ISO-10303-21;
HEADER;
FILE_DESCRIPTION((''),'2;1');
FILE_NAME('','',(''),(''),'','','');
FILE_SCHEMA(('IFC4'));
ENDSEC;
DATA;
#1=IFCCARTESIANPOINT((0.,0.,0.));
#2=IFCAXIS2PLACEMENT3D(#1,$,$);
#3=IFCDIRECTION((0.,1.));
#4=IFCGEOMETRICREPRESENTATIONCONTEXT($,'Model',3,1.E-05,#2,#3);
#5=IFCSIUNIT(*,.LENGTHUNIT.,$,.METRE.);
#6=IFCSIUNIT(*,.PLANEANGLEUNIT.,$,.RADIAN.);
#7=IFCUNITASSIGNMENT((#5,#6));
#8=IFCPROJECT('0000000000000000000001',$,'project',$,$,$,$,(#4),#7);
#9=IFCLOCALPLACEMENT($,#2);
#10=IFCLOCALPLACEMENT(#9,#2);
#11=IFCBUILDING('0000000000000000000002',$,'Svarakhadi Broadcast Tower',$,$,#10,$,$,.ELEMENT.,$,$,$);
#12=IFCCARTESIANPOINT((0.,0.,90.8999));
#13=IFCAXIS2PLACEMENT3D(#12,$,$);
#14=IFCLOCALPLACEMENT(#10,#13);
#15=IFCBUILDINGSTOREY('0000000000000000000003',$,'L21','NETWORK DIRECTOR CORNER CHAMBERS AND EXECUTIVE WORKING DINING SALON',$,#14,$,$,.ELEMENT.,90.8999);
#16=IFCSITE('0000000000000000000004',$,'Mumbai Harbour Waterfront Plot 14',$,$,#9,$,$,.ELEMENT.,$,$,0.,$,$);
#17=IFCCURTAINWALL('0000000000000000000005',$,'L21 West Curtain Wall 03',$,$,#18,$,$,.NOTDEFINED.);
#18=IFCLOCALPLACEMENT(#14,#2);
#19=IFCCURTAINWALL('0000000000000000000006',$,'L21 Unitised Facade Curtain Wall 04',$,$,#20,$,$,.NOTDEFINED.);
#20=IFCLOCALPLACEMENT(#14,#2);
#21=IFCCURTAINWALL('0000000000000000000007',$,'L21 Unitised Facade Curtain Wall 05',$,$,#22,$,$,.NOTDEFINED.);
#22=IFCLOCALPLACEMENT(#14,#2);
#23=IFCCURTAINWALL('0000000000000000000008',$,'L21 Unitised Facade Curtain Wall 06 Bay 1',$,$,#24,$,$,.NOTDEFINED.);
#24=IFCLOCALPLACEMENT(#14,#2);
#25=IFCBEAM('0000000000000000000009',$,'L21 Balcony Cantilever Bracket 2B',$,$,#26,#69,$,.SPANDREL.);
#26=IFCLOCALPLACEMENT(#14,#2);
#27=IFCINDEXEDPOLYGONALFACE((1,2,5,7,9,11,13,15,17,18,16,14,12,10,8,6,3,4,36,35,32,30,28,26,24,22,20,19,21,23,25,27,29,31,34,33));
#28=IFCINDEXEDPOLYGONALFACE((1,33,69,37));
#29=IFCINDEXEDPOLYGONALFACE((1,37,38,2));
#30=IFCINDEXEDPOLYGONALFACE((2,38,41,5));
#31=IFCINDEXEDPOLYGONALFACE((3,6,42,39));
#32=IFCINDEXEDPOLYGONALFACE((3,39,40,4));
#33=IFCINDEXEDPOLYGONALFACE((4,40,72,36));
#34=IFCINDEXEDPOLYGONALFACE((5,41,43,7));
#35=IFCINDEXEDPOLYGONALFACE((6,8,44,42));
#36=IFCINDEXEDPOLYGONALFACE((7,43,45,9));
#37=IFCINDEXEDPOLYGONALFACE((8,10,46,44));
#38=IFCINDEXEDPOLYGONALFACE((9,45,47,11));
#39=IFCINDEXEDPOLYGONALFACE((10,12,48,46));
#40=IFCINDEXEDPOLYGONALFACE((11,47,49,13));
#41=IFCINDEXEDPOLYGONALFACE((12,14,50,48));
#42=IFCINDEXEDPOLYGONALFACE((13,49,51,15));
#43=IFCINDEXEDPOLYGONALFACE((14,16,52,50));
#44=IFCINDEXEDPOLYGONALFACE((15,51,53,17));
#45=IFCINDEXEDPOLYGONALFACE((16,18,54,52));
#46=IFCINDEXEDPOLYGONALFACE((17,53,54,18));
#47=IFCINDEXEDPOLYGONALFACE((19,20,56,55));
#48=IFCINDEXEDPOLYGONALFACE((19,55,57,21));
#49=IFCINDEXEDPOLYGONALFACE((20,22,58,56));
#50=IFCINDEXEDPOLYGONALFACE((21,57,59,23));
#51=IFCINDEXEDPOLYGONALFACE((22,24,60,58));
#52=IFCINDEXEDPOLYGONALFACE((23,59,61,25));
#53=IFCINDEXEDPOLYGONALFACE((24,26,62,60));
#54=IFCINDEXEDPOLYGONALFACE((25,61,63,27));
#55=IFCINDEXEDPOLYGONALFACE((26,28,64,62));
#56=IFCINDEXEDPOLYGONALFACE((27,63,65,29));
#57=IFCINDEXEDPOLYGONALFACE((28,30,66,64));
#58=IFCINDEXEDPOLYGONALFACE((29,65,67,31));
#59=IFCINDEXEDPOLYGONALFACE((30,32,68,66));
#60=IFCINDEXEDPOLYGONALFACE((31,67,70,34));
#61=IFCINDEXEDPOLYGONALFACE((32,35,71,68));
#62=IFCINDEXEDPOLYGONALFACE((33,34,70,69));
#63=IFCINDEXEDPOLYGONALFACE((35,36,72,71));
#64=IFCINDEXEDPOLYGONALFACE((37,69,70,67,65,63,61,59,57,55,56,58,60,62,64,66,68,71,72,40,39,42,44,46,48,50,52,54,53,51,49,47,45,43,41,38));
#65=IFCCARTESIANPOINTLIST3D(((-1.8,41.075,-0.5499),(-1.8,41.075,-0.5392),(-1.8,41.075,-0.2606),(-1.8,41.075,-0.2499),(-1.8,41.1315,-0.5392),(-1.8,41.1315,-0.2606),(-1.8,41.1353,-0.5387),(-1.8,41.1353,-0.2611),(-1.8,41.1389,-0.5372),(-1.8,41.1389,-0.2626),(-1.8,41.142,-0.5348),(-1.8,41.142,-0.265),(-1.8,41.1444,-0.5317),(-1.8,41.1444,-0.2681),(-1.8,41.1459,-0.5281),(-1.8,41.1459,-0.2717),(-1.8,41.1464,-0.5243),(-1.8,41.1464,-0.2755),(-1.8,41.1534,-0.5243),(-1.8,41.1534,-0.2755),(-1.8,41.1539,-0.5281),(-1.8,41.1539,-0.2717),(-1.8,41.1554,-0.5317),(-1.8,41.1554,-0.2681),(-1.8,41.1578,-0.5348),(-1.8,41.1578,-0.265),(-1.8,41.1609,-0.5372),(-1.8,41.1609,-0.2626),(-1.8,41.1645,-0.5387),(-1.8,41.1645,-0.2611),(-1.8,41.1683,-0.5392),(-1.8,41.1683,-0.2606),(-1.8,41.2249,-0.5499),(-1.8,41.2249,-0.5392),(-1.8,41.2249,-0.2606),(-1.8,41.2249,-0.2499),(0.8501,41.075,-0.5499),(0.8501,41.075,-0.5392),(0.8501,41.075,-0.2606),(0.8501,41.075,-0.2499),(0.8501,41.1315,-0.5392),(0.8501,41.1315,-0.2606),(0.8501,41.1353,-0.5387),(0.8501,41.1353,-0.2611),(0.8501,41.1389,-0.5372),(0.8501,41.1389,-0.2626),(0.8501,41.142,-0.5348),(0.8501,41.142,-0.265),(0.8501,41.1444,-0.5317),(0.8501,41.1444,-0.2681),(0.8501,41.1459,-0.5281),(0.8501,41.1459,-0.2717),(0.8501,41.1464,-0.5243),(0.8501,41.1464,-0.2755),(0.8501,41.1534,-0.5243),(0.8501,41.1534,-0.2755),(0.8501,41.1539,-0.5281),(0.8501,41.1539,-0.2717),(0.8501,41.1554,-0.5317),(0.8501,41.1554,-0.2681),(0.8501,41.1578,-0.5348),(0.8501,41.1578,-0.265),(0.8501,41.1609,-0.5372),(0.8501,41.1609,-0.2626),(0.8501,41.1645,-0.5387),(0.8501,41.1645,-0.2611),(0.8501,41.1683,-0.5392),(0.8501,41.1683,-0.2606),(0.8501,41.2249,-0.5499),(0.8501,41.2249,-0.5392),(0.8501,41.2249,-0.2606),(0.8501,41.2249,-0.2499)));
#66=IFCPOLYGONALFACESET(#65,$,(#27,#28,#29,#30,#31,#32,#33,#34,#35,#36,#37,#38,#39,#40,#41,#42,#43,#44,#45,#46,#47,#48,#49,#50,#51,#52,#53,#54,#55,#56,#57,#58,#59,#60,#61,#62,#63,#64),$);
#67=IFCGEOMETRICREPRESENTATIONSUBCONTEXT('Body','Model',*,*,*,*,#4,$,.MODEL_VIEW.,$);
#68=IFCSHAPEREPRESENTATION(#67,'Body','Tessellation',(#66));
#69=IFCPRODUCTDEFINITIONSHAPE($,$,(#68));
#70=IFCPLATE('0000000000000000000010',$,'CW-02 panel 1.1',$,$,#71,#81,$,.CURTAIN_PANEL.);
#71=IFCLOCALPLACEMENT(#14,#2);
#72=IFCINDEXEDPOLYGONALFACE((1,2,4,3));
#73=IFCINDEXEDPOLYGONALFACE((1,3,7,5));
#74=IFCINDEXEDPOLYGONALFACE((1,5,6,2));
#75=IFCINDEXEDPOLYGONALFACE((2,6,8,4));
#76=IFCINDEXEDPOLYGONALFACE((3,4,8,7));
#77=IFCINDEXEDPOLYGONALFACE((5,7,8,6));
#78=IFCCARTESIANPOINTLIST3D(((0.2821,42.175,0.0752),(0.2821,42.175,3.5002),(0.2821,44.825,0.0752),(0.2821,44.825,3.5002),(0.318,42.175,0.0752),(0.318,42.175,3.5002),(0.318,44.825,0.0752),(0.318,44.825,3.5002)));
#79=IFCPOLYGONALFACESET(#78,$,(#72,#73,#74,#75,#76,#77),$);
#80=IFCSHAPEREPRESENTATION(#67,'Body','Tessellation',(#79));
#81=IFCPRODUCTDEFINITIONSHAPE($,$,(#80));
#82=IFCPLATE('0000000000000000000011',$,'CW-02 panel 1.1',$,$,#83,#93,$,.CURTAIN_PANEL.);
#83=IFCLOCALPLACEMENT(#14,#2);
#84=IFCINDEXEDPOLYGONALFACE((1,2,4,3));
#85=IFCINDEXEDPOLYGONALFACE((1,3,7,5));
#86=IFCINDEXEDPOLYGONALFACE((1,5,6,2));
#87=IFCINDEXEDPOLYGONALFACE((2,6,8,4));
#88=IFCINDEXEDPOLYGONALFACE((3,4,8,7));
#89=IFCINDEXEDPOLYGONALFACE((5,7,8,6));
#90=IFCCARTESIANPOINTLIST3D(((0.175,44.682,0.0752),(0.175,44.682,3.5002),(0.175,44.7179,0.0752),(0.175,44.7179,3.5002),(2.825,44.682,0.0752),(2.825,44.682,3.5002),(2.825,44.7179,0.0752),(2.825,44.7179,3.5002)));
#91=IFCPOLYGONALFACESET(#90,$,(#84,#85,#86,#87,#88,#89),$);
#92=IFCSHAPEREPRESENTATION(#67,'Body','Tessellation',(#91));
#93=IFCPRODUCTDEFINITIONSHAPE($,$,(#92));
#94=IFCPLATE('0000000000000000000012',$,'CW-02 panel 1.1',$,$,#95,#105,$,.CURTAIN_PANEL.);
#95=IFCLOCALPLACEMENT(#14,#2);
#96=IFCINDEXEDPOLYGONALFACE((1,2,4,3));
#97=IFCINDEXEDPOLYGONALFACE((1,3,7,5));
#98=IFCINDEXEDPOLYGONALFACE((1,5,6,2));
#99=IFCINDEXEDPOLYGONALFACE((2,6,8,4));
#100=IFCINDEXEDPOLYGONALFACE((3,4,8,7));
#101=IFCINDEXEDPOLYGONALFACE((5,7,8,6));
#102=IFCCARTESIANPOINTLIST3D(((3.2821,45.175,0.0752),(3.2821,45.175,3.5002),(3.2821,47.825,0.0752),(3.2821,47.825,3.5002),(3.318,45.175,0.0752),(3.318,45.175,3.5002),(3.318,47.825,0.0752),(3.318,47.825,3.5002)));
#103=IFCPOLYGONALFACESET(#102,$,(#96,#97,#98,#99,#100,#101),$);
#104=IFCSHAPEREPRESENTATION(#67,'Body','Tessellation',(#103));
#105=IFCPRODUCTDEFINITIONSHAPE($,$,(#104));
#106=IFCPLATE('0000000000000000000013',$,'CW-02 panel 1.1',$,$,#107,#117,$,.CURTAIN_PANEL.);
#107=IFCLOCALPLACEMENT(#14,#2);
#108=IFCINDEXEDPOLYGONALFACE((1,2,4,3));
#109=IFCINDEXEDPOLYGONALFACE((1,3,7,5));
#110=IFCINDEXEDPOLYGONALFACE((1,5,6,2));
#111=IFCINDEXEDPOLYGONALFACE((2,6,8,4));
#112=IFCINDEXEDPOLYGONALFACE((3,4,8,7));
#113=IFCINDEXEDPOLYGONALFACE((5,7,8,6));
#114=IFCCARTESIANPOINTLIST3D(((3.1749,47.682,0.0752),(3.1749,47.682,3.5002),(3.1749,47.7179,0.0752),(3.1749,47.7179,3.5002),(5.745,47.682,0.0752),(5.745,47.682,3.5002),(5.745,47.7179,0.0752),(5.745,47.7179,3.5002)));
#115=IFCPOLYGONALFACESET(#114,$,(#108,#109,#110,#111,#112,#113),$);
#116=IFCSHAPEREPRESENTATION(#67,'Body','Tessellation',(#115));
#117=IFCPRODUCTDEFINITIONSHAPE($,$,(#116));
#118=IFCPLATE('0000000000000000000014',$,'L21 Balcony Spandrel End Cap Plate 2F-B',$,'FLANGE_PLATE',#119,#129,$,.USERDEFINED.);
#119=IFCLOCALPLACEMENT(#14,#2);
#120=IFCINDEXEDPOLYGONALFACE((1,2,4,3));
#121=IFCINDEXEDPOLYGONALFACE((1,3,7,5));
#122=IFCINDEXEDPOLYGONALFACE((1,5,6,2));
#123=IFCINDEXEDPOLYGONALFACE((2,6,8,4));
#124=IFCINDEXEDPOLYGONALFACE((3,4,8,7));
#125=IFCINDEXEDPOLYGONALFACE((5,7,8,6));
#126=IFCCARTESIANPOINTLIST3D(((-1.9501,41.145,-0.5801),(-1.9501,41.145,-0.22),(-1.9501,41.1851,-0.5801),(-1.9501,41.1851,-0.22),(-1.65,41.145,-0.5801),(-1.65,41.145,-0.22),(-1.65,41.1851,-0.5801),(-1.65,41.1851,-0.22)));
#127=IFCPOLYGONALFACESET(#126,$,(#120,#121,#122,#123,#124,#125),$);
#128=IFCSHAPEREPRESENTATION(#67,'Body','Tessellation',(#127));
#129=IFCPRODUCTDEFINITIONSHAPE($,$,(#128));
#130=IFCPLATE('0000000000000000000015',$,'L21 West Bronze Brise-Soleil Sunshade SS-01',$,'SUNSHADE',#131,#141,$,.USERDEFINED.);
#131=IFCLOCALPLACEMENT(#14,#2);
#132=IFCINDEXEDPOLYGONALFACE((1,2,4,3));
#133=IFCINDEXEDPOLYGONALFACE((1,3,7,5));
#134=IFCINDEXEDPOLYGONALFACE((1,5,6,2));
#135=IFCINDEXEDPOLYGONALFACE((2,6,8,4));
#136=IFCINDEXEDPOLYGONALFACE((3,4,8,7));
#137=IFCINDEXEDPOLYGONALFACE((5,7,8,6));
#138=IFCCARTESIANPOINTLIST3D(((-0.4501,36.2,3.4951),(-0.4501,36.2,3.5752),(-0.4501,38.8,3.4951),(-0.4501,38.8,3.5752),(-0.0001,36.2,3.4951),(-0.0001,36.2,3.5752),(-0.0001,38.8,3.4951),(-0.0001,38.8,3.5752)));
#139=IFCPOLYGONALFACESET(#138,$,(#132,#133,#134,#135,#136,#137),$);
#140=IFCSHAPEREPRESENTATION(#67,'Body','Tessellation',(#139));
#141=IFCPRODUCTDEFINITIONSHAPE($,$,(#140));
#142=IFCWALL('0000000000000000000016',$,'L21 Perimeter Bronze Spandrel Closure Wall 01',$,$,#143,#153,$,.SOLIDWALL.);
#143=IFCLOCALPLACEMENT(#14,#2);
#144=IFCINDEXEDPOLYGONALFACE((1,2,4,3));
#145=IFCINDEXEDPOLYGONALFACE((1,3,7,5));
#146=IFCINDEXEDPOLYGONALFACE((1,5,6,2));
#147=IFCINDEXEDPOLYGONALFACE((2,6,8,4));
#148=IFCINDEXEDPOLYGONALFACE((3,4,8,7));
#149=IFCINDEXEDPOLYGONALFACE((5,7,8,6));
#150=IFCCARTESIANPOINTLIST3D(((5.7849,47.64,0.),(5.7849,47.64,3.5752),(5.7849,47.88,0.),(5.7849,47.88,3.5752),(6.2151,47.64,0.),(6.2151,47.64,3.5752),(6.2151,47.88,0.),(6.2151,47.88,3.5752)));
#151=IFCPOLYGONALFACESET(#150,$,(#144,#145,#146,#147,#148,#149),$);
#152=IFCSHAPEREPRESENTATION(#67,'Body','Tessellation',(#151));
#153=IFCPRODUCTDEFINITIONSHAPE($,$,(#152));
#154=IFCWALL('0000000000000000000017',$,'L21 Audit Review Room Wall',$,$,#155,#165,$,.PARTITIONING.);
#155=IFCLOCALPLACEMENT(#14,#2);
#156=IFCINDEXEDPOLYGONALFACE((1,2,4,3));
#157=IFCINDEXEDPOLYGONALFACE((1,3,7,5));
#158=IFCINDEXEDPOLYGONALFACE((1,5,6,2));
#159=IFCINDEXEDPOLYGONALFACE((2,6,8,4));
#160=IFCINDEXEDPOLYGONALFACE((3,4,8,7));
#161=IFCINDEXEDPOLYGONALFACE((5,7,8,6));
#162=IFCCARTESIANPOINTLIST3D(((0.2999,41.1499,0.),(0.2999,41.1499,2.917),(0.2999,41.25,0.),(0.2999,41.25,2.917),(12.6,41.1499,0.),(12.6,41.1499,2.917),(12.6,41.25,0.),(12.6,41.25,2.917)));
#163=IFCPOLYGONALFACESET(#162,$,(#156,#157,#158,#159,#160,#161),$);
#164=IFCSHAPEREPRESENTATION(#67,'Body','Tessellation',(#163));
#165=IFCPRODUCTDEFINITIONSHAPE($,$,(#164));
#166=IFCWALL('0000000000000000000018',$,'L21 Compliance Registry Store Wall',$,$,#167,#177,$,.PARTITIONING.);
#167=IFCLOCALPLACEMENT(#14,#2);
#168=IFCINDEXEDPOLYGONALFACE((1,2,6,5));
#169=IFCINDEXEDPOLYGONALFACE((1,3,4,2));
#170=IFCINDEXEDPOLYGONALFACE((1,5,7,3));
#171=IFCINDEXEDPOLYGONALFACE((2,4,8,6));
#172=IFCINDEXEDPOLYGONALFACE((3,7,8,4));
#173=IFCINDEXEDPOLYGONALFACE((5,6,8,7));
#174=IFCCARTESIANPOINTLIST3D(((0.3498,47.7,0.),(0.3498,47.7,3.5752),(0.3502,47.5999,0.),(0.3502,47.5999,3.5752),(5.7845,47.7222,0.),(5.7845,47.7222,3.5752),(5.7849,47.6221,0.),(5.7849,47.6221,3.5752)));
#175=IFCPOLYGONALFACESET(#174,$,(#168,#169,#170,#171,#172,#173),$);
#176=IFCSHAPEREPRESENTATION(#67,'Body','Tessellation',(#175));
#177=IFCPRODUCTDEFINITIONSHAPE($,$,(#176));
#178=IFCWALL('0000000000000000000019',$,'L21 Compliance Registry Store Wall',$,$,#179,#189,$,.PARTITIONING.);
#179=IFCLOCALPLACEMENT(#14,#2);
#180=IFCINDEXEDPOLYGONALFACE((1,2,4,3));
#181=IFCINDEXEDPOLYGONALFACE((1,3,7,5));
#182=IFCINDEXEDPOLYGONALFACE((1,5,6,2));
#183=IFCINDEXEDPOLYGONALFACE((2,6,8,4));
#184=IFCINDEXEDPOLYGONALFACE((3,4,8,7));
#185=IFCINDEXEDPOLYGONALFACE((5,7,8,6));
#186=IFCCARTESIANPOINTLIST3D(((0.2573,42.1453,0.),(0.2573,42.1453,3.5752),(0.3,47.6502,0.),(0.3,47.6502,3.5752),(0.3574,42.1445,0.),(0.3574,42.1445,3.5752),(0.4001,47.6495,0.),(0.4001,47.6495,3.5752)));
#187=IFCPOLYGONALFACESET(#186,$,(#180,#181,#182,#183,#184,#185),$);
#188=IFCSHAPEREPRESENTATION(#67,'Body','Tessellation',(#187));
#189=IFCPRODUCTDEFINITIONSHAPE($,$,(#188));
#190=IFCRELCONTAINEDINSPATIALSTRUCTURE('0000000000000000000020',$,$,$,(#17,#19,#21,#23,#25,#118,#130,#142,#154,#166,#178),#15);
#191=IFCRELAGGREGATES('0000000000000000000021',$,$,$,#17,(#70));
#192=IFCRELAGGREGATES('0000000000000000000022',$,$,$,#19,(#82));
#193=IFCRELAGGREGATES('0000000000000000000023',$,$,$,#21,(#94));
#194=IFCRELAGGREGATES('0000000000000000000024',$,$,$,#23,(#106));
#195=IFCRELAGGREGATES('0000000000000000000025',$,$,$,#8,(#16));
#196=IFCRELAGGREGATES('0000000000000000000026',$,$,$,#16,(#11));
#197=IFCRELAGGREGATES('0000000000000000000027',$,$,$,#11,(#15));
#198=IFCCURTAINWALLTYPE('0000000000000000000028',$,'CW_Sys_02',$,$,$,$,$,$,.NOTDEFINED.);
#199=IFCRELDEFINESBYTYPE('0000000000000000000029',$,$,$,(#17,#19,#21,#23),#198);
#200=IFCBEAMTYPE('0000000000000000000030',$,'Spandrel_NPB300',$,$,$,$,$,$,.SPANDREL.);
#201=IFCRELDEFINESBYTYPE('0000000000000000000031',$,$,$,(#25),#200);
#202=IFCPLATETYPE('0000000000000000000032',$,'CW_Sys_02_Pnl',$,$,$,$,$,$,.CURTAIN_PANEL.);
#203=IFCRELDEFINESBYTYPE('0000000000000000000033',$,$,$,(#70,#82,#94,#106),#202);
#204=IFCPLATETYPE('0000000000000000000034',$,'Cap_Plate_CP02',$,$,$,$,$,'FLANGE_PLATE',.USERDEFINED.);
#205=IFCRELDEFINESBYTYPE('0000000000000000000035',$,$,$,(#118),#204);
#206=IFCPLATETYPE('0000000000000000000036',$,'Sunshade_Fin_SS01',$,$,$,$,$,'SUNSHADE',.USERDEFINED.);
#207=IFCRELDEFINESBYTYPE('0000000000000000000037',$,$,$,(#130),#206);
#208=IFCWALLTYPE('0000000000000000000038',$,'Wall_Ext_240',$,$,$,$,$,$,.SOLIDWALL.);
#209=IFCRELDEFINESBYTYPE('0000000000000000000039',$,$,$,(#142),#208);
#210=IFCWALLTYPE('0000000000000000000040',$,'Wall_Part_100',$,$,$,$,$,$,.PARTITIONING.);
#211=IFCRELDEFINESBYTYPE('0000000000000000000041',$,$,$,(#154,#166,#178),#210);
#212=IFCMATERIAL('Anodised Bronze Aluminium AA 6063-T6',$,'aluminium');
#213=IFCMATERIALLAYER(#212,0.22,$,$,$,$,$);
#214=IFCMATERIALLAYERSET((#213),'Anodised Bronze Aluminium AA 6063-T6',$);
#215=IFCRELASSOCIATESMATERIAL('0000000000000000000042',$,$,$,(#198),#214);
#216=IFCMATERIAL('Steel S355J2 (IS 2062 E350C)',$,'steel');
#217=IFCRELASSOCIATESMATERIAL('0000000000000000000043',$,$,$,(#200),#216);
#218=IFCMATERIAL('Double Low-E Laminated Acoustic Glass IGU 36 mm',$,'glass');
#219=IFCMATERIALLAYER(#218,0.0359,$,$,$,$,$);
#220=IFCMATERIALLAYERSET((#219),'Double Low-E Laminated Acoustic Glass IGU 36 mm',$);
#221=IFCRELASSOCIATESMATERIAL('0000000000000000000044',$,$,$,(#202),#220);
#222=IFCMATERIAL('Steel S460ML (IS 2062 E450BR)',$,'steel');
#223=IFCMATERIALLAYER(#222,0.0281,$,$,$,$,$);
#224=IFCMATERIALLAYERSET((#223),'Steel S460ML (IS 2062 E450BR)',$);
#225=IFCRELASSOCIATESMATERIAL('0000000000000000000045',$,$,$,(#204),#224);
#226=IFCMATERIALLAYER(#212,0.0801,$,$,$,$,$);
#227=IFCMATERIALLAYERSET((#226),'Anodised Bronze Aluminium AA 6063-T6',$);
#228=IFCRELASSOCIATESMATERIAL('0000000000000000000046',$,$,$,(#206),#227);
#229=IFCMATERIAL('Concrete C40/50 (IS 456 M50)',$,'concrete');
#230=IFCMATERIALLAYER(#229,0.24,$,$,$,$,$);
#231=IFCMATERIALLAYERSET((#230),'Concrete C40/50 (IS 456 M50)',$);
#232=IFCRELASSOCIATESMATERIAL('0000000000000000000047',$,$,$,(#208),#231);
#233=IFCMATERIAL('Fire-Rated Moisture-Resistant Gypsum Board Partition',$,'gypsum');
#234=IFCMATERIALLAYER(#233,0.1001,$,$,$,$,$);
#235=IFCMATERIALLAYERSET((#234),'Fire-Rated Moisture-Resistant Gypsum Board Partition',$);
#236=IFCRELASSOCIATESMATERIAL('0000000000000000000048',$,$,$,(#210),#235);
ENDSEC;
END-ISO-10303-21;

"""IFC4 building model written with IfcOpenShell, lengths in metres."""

from ifc_helpers import new_model, si_unit, direction, frame, frame_2d, origin, origin_2d, place, context, subcontext, project, spatial, rectangle, i_section, extrude, material, layer, layer_set, material_profile, profile_set, type_object, element, aggregate, save


model = new_model("IFC4")

# Units and contexts
model_context = context("Model", 3, precision=1e-05, world=origin(), true_north=direction((0.0, 1.0)))
body_context = subcontext(model_context, "Body", "Model", "MODEL_VIEW")
ifc_project = project(units=[si_unit("LENGTHUNIT", "METRE"), si_unit("PLANEANGLEUNIT", "RADIAN")], contexts=[model_context])

# Site, building, storey
site_placement = place(None, origin())
site = spatial("IfcSite", under=ifc_project, at=site_placement, Name="Mumbai Harbour Waterfront Plot 14", CompositionType="ELEMENT", RefElevation=0.0)
building_placement = place(site_placement, origin())
building = spatial("IfcBuilding", under=site, at=building_placement, Name="Svarakhadi Broadcast Tower", CompositionType="ELEMENT")
storey_placement = place(building_placement, frame((0.0, 0.0, 90.8999)))
storey = spatial("IfcBuildingStorey", under=building, at=storey_placement, Name="L21", Description="NETWORK DIRECTOR CORNER CHAMBERS AND EXECUTIVE WORKING DINING SALON", CompositionType="ELEMENT", Elevation=90.8999)

# Shared definitions
ifc_material_1 = material(Name="Steel S460ML (IS 2062 E450BR)", Category="steel")

# Shared definitions
ifc_material_2 = material(Name="Steel S355J2 (IS 2062 E350C)", Category="steel")

# Curtain walls
ifc_material_3 = material(Name="Anodised Bronze Aluminium AA 6063-T6", Category="aluminium")
ifc_layer_1 = layer(ifc_material_3, 0.22)
ifc_layer_set_1 = layer_set([ifc_layer_1], Name="Anodised Bronze Aluminium AA 6063-T6")
curtain_wall_type = type_object("IfcCurtainWallType", Name="CW_Sys_02", PredefinedType="NOTDEFINED", material=ifc_layer_set_1)
curtain_wall_1_placement = place(storey_placement, origin())
curtain_wall_1 = element("IfcCurtainWall", 1, at=curtain_wall_1_placement, inside=storey, type_object=curtain_wall_type, Name="L21 West Curtain Wall 03", PredefinedType="NOTDEFINED")
curtain_wall_2_placement = place(storey_placement, origin())
curtain_wall_2 = element("IfcCurtainWall", 2, at=curtain_wall_2_placement, inside=storey, type_object=curtain_wall_type, Name="L21 Unitised Facade Curtain Wall 04", PredefinedType="NOTDEFINED")
curtain_wall_3_placement = place(storey_placement, origin())
curtain_wall_3 = element("IfcCurtainWall", 3, at=curtain_wall_3_placement, inside=storey, type_object=curtain_wall_type, Name="L21 Unitised Facade Curtain Wall 05", PredefinedType="NOTDEFINED")
curtain_wall_4_placement = place(storey_placement, origin())
curtain_wall_4 = element("IfcCurtainWall", 4, at=curtain_wall_4_placement, inside=storey, type_object=curtain_wall_type, Name="L21 Unitised Facade Curtain Wall 06 Bay 1", PredefinedType="NOTDEFINED")

# Beam
ifc_material_profile_1 = material_profile(ifc_material_2, i_section(OverallWidth=0.1499, OverallDepth=0.3, WebThickness=0.0071, FlangeThickness=0.0107, FilletRadius=0.0149, at=origin_2d()), Name="NPB 300x150x37")
ifc_profile_set_1 = profile_set([ifc_material_profile_1], Name="Steel S355J2 (IS 2062 E350C)")
beam_type_1 = type_object("IfcBeamType", Name="Spandrel_NPB300", PredefinedType="SPANDREL", material=ifc_profile_set_1)
beam_1_placement = place(storey_placement, frame((0.8501, 41.1499, -0.3999), z_axis=(-1.0, 0.0, 0.0), x_axis=(0.0, -1.0, 0.0)))
element("IfcBeam", 5, at=beam_1_placement, inside=storey, type_object=beam_type_1, Name="L21 Balcony Cantilever Bracket 2B", PredefinedType="SPANDREL", context=body_context, shape_type="SweptSolid", body=[
    extrude(i_section(OverallWidth=0.1499, OverallDepth=0.3, WebThickness=0.0071, FlangeThickness=0.0107, FilletRadius=0.0149, at=origin_2d()), origin(), (0.0, 0.0, 1.0), 2.6501),
])

# Plates
ifc_material_4 = material(Name="Double Low-E Laminated Acoustic Glass IGU 36 mm", Category="glass")
ifc_layer_2 = layer(ifc_material_4, 0.0359)
ifc_layer_set_2 = layer_set([ifc_layer_2], Name="Double Low-E Laminated Acoustic Glass IGU 36 mm")
plate_type_1 = type_object("IfcPlateType", Name="CW_Sys_02_Pnl", PredefinedType="CURTAIN_PANEL", material=ifc_layer_set_2)
plate_1_placement = place(storey_placement, frame((0.3, 43.5, 0.0752), z_axis=(0.0, 0.0, 1.0), x_axis=(0.0, 1.0, 0.0)))
plate_1 = element("IfcPlate", 6, at=plate_1_placement, type_object=plate_type_1, Name="CW-02 panel 1.1", PredefinedType="CURTAIN_PANEL", context=body_context, shape_type="SweptSolid", body=[
    extrude(rectangle(XDim=2.6499, YDim=0.0359, at=origin_2d()), origin(), (0.0, 0.0, 1.0), 3.425),
])
aggregate(curtain_wall_1, [plate_1])
plate_2_placement = place(storey_placement, frame((1.5, 44.7, 0.0752), z_axis=(0.0, 0.0, 1.0), x_axis=(1.0, 0.0, 0.0)))
plate_2 = element("IfcPlate", 7, at=plate_2_placement, type_object=plate_type_1, Name="CW-02 panel 1.1", PredefinedType="CURTAIN_PANEL", context=body_context, shape_type="SweptSolid", body=[
    extrude(rectangle(XDim=2.6499, YDim=0.0359, at=origin_2d()), origin(), (0.0, 0.0, 1.0), 3.425),
])
aggregate(curtain_wall_2, [plate_2])
plate_3_placement = place(storey_placement, frame((3.3, 46.5, 0.0752), z_axis=(0.0, 0.0, 1.0), x_axis=(0.0, 1.0, 0.0)))
plate_3 = element("IfcPlate", 8, at=plate_3_placement, type_object=plate_type_1, Name="CW-02 panel 1.1", PredefinedType="CURTAIN_PANEL", context=body_context, shape_type="SweptSolid", body=[
    extrude(rectangle(XDim=2.6499, YDim=0.0359, at=origin_2d()), origin(), (0.0, 0.0, 1.0), 3.425),
])
aggregate(curtain_wall_3, [plate_3])
plate_4_placement = place(storey_placement, frame((4.46, 47.7, 0.0752), z_axis=(0.0, 0.0, 1.0), x_axis=(1.0, 0.0, 0.0)))
plate_4 = element("IfcPlate", 9, at=plate_4_placement, type_object=plate_type_1, Name="CW-02 panel 1.1", PredefinedType="CURTAIN_PANEL", context=body_context, shape_type="SweptSolid", body=[
    extrude(rectangle(XDim=2.5701, YDim=0.0359, at=origin_2d()), origin(), (0.0, 0.0, 1.0), 3.425),
])
aggregate(curtain_wall_4, [plate_4])

# Plates
ifc_layer_3 = layer(ifc_material_1, 0.0281)
ifc_layer_set_3 = layer_set([ifc_layer_3], Name="Steel S460ML (IS 2062 E450BR)")
plate_type_2 = type_object("IfcPlateType", Name="Cap_Plate_CP02", ElementType="FLANGE_PLATE", PredefinedType="USERDEFINED", material=ifc_layer_set_3)
plate_5_placement = place(storey_placement, frame((-1.8, 41.165, -0.5801), z_axis=(0.0, 0.0, 1.0), x_axis=(1.0, 0.0, 0.0)))
element("IfcPlate", 10, at=plate_5_placement, inside=storey, type_object=plate_type_2, Name="L21 Balcony Spandrel End Cap Plate 2F-B", ObjectType="FLANGE_PLATE", PredefinedType="USERDEFINED", context=body_context, shape_type="SweptSolid", body=[
    extrude(rectangle(XDim=0.3, YDim=0.04, at=origin_2d()), origin(), (0.0, 0.0, 1.0), 0.3601),
])
ifc_layer_4 = layer(ifc_material_3, 0.0801)
ifc_layer_set_4 = layer_set([ifc_layer_4], Name="Anodised Bronze Aluminium AA 6063-T6")
plate_type_3 = type_object("IfcPlateType", Name="Sunshade_Fin_SS01", ElementType="SUNSHADE", PredefinedType="USERDEFINED", material=ifc_layer_set_4)
plate_6_placement = place(storey_placement, frame((-0.2251, 37.5, 3.4951), z_axis=(0.0, 0.0, 1.0), x_axis=(0.0, 1.0, 0.0)))
element("IfcPlate", 11, at=plate_6_placement, inside=storey, type_object=plate_type_3, Name="L21 West Bronze Brise-Soleil Sunshade SS-01", ObjectType="SUNSHADE", PredefinedType="USERDEFINED", context=body_context, shape_type="SweptSolid", body=[
    extrude(rectangle(XDim=2.6001, YDim=0.45, at=origin_2d()), origin(), (0.0, 0.0, 1.0), 0.0801),
])

# Walls
ifc_material_5 = material(Name="Concrete C40/50 (IS 456 M50)", Category="concrete")
ifc_layer_5 = layer(ifc_material_5, 0.24)
ifc_layer_set_5 = layer_set([ifc_layer_5], Name="Concrete C40/50 (IS 456 M50)")
wall_type_1 = type_object("IfcWallType", Name="Wall_Ext_240", PredefinedType="SOLIDWALL", material=ifc_layer_set_5)
wall_1_placement = place(storey_placement, frame((5.7849, 47.76, 0.0), z_axis=(0.0, 0.0, 1.0), x_axis=(1.0, 0.0, 0.0)))
element("IfcWall", 12, at=wall_1_placement, inside=storey, type_object=wall_type_1, Name="L21 Perimeter Bronze Spandrel Closure Wall 01", PredefinedType="SOLIDWALL", context=body_context, shape_type="SweptSolid", body=[
    extrude(rectangle(XDim=0.4302, YDim=0.24, at=frame_2d((0.2151, 0.0))), origin(), (0.0, 0.0, 1.0), 3.5752),
])
ifc_material_6 = material(Name="Fire-Rated Moisture-Resistant Gypsum Board Partition", Category="gypsum")
ifc_layer_6 = layer(ifc_material_6, 0.1001)
ifc_layer_set_6 = layer_set([ifc_layer_6], Name="Fire-Rated Moisture-Resistant Gypsum Board Partition")
wall_type_2 = type_object("IfcWallType", Name="Wall_Part_100", PredefinedType="PARTITIONING", material=ifc_layer_set_6)
wall_2_placement = place(storey_placement, frame((0.3, 41.2, 0.0), z_axis=(0.0, 0.0, 1.0), x_axis=(1.0, 0.0, 0.0)))
element("IfcWall", 13, at=wall_2_placement, inside=storey, type_object=wall_type_2, Name="L21 Audit Review Room Wall", PredefinedType="PARTITIONING", context=body_context, shape_type="SweptSolid", body=[
    extrude(rectangle(XDim=12.3, YDim=0.1001, at=frame_2d((6.1499, 0.0))), origin(), (0.0, 0.0, 1.0), 2.917),
])
wall_3_placement = place(storey_placement, frame((0.3501, 47.6499, 0.0), z_axis=(0.0, 0.0, 1.0), x_axis=(0.999992, 0.004088, 0.0)))
element("IfcWall", 14, at=wall_3_placement, inside=storey, type_object=wall_type_2, Name="L21 Compliance Registry Store Wall", PredefinedType="PARTITIONING", context=body_context, shape_type="SweptSolid", body=[
    extrude(rectangle(XDim=5.4348, YDim=0.1001, at=frame_2d((2.7173, 0.0))), origin(), (0.0, 0.0, 1.0), 3.5752),
])
wall_4_placement = place(storey_placement, frame((0.3074, 42.145, 0.0), z_axis=(0.0, 0.0, 1.0), x_axis=(0.007761, 0.99997, 0.0)))
element("IfcWall", 15, at=wall_4_placement, inside=storey, type_object=wall_type_2, Name="L21 Compliance Registry Store Wall", PredefinedType="PARTITIONING", context=body_context, shape_type="SweptSolid", body=[
    extrude(rectangle(XDim=5.5051, YDim=0.1001, at=frame_2d((2.7524, 0.0))), origin(), (0.0, 0.0, 1.0), 3.5752),
])

save(model, "model.ifc")
